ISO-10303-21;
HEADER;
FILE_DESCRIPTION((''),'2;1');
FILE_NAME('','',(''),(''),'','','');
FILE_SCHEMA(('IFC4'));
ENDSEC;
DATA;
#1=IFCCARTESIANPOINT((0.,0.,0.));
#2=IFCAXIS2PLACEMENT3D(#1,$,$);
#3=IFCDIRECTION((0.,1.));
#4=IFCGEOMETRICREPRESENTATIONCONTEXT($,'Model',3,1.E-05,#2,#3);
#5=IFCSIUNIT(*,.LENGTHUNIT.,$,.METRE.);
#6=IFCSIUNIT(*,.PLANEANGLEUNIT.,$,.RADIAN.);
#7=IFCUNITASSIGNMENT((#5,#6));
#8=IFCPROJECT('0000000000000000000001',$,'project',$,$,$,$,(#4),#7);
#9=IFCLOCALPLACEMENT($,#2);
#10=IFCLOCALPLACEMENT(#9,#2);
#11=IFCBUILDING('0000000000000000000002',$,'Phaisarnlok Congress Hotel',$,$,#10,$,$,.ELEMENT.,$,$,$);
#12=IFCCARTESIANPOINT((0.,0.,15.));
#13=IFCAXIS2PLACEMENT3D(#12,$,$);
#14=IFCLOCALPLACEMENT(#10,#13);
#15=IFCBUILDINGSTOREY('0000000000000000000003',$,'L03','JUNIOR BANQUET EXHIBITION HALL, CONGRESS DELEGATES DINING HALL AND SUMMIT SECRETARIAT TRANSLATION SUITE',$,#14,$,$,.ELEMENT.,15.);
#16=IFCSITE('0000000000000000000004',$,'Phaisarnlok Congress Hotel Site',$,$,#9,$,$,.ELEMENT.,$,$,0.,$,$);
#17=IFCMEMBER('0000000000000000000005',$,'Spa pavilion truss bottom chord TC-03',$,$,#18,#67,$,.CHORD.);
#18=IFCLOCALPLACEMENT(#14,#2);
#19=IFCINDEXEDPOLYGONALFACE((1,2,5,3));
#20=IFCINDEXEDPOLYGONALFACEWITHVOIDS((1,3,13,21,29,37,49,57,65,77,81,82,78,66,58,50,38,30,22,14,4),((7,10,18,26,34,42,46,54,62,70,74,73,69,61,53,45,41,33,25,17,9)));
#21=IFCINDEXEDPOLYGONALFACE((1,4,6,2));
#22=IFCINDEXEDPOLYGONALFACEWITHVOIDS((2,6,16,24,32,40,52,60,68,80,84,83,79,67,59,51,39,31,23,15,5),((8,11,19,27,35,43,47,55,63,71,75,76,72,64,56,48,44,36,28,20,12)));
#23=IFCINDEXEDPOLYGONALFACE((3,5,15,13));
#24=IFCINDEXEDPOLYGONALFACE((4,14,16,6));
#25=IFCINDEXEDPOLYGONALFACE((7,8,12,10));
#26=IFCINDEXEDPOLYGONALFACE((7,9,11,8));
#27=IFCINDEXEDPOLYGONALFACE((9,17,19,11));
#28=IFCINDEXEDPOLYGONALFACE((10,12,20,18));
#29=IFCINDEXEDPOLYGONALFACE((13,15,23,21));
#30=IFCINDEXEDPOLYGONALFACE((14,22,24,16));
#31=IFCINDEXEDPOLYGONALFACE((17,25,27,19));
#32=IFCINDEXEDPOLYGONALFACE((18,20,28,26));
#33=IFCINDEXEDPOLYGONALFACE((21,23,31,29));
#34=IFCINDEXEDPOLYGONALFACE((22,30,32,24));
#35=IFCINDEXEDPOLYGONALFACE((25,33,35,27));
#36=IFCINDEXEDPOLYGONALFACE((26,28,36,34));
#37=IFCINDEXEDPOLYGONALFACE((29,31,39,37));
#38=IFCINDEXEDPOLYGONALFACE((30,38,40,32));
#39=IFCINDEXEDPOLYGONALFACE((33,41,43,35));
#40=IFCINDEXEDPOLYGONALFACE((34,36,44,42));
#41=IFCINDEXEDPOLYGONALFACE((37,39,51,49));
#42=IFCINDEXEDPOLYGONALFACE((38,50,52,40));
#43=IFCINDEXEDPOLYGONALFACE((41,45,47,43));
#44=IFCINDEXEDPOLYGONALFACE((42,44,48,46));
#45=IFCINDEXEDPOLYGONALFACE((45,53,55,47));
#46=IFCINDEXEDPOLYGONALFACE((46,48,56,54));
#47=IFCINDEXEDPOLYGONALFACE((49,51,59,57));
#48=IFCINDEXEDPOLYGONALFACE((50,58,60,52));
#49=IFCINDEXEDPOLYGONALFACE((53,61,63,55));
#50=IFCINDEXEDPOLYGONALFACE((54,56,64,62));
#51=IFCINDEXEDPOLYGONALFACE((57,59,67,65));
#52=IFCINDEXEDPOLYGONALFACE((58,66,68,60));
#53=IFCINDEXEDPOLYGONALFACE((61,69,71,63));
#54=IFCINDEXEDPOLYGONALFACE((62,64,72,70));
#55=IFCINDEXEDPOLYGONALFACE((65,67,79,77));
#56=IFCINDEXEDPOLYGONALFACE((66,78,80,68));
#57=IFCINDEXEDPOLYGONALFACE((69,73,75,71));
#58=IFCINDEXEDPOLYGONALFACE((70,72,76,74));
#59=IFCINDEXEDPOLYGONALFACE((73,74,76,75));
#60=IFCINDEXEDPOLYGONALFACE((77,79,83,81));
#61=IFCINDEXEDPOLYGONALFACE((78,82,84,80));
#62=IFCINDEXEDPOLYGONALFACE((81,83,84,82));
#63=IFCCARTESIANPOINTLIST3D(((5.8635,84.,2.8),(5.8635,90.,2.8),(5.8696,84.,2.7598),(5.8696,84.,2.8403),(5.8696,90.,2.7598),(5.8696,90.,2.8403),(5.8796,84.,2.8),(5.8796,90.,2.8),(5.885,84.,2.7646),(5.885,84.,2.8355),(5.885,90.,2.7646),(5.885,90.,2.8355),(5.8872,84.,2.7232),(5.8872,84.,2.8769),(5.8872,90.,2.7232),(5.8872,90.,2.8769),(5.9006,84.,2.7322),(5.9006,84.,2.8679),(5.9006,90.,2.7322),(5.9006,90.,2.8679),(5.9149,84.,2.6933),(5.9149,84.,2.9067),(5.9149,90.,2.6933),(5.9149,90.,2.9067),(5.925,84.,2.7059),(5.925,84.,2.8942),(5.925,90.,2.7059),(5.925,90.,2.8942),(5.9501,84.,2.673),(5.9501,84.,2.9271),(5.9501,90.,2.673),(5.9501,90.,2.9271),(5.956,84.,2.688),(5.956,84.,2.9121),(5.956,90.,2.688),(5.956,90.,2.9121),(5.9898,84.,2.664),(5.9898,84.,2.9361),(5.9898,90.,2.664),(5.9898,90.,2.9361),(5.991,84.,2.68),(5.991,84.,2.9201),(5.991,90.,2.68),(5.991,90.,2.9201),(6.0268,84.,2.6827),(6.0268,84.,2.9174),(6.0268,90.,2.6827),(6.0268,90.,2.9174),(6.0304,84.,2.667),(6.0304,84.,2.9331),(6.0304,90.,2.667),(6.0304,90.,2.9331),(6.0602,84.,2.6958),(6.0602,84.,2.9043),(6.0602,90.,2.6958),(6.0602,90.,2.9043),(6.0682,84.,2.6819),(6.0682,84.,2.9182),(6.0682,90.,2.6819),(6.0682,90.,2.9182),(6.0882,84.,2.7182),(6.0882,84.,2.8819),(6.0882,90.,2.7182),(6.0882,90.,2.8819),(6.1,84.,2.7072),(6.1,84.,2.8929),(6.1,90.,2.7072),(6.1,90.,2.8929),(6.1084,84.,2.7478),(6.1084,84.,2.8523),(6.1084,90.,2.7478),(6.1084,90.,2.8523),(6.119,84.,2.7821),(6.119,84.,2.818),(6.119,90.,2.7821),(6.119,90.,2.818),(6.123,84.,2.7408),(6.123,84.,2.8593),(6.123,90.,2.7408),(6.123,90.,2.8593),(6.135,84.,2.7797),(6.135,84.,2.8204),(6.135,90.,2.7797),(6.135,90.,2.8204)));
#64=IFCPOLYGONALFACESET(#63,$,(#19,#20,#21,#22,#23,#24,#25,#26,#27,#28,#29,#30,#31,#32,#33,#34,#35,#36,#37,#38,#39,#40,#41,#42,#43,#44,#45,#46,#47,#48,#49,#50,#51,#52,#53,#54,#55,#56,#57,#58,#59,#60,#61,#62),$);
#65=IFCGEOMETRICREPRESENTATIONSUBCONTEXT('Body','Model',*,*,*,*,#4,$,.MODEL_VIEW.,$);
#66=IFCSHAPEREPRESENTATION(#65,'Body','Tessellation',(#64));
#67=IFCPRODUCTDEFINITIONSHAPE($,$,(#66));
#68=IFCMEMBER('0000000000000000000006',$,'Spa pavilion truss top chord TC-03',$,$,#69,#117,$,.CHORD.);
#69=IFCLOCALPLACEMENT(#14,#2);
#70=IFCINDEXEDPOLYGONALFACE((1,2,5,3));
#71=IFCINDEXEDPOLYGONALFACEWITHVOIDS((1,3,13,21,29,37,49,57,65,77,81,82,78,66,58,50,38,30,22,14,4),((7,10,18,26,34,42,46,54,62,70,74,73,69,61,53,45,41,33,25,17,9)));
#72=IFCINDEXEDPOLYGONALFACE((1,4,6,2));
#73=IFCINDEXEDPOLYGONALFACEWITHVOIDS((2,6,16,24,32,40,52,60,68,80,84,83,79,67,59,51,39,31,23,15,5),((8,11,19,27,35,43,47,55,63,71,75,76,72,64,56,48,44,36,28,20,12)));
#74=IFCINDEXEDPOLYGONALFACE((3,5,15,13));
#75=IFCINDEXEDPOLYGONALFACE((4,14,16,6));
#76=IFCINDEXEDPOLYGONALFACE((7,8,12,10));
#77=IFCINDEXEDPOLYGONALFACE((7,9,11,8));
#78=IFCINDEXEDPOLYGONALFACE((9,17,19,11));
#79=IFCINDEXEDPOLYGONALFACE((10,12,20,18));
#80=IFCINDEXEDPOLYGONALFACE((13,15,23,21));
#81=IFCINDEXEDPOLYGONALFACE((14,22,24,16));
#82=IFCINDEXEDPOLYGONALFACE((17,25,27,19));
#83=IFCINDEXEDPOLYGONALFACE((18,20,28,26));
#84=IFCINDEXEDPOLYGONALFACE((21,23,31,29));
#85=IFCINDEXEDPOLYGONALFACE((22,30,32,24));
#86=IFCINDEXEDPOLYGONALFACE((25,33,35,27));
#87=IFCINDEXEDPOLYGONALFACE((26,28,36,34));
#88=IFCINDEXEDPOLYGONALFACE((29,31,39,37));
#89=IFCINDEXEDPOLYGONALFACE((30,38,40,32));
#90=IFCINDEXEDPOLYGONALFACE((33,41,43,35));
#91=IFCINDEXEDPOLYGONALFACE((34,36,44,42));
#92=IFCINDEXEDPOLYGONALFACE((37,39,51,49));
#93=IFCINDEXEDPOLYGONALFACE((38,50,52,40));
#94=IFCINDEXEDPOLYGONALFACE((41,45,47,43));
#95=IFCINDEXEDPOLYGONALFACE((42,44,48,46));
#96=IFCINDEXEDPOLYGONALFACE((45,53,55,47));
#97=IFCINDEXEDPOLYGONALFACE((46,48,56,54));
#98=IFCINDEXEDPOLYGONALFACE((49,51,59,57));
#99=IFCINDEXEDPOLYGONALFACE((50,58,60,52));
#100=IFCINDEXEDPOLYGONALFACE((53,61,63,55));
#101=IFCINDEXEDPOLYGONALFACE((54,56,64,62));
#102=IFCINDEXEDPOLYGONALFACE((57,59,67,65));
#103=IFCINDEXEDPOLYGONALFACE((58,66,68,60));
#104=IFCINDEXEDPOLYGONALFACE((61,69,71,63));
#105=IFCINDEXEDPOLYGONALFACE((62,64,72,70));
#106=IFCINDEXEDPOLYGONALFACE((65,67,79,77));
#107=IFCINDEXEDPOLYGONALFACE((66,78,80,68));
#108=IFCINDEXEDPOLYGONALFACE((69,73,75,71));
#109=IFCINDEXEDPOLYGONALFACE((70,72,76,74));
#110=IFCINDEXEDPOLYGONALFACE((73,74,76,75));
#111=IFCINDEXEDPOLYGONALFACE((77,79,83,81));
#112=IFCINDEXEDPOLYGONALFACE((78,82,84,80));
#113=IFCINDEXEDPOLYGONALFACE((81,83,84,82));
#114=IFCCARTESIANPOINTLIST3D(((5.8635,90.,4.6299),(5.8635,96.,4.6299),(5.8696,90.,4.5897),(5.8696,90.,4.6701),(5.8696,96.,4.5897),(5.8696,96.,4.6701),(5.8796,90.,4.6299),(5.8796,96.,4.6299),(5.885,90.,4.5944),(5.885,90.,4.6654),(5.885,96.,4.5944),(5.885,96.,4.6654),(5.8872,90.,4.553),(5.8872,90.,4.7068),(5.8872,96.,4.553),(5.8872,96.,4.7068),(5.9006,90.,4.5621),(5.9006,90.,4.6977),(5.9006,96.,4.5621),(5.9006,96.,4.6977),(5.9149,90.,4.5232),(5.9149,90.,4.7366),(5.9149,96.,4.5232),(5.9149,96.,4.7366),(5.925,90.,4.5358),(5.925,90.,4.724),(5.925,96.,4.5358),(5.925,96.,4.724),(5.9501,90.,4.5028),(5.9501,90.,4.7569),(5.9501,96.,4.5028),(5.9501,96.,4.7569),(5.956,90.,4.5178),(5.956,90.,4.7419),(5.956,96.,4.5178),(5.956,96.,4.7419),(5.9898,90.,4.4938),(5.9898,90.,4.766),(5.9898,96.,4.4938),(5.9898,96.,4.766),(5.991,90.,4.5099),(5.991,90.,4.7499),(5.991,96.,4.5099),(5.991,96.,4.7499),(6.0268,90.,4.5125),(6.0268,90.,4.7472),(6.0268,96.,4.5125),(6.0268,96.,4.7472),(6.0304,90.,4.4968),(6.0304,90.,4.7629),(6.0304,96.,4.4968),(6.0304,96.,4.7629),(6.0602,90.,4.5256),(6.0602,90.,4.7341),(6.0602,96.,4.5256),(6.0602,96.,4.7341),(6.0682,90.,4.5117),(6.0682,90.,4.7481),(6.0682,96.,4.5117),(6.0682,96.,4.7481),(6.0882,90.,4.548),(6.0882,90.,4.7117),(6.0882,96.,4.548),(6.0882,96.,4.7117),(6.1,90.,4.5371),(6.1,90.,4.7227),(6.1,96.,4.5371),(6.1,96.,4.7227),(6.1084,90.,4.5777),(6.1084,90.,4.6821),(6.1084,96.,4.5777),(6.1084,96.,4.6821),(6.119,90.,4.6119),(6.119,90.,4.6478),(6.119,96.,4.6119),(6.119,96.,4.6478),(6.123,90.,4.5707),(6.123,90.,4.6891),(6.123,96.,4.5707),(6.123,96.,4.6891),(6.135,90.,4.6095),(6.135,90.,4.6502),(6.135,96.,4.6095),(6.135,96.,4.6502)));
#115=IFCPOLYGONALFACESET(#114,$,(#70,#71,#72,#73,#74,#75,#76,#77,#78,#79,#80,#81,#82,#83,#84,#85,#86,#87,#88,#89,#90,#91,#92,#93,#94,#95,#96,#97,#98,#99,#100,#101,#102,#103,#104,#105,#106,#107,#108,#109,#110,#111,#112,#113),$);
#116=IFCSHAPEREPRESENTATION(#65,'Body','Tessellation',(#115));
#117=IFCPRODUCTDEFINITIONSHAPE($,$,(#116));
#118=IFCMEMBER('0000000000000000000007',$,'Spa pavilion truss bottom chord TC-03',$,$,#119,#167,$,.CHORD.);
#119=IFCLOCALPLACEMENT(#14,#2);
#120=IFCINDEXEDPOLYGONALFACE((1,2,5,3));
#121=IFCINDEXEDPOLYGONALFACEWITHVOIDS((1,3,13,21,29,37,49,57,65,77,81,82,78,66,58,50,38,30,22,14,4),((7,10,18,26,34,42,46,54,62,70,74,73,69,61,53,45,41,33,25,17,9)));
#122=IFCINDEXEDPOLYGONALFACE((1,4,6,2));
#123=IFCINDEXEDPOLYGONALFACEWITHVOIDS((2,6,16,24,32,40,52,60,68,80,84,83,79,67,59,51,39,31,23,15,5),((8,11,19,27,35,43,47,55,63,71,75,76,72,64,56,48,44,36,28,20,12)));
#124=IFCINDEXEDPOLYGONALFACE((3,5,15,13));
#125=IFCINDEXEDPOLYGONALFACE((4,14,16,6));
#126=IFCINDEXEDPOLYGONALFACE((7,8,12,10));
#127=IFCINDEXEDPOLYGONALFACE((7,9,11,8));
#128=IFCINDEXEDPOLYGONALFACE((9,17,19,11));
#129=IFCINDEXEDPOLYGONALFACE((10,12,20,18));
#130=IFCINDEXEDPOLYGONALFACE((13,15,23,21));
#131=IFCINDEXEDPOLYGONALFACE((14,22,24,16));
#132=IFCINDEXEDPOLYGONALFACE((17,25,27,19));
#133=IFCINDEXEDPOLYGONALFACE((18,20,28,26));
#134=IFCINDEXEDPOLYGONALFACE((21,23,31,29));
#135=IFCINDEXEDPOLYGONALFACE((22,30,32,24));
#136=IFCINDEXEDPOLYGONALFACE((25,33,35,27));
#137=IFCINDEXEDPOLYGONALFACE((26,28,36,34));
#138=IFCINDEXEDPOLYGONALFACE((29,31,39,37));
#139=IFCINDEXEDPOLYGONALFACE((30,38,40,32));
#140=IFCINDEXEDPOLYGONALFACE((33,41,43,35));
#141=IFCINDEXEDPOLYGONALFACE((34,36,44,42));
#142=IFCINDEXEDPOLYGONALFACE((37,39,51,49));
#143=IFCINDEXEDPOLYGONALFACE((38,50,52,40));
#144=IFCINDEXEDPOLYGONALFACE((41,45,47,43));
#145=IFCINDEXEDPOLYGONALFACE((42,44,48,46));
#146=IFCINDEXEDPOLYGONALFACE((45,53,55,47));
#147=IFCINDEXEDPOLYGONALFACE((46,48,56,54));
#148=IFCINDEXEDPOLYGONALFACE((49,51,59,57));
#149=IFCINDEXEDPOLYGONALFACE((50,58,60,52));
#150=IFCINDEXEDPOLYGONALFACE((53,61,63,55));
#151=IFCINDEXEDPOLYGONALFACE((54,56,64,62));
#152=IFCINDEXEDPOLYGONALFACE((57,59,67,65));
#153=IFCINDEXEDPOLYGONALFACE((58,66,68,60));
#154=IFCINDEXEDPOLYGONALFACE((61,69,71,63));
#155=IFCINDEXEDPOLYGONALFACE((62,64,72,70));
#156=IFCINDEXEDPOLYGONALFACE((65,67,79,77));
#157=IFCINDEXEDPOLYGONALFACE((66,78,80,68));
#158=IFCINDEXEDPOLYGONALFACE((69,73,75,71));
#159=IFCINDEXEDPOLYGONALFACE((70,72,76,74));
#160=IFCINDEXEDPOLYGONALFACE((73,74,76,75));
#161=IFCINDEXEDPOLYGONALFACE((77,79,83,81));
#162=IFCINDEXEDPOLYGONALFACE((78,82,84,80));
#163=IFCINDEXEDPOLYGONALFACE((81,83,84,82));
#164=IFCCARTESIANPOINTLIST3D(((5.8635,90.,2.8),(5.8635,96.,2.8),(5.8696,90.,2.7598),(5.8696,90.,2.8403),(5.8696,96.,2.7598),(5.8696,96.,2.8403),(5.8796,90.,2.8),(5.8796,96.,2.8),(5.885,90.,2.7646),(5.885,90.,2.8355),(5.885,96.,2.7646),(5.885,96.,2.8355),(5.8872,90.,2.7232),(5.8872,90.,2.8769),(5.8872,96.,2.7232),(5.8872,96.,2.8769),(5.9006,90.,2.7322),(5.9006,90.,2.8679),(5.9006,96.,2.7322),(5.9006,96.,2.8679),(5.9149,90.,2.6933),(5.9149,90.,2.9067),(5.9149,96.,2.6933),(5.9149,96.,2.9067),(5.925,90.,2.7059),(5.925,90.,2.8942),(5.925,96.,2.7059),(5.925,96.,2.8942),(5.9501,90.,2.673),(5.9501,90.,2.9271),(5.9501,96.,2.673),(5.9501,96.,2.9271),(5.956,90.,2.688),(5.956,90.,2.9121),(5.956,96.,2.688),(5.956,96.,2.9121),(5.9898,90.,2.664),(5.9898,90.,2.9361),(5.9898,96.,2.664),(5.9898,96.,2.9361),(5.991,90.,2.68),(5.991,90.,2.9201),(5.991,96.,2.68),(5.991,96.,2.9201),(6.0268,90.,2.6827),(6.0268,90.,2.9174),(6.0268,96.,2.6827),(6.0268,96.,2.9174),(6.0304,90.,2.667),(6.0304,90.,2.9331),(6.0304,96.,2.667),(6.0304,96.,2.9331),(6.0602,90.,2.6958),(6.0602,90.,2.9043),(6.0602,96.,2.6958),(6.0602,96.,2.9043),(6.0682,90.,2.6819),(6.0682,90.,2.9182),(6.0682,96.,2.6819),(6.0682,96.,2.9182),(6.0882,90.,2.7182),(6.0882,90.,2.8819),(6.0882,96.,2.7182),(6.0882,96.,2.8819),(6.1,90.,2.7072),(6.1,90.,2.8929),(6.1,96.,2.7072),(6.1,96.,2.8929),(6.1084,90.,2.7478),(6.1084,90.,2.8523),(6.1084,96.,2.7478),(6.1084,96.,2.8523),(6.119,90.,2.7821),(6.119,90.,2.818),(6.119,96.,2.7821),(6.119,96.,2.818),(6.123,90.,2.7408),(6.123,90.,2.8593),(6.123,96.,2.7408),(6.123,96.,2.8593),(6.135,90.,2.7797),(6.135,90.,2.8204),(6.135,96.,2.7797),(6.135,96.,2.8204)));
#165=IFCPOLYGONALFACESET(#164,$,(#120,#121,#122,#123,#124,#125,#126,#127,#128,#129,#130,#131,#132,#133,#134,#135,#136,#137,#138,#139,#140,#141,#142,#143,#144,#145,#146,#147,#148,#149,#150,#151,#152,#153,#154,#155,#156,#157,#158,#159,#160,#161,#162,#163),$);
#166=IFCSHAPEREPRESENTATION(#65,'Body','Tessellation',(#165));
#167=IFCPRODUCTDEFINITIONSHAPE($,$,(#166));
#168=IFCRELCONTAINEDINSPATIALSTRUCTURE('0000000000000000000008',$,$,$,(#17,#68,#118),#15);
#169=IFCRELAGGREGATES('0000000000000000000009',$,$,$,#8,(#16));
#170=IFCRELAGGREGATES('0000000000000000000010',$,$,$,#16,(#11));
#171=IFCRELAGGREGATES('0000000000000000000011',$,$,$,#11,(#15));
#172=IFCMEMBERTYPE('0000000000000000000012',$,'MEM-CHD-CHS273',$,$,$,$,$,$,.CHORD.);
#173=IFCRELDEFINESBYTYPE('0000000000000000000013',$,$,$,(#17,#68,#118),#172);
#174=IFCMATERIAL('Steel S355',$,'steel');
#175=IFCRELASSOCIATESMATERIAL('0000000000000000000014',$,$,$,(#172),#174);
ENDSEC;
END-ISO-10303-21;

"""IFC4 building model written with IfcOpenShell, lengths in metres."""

from ifc_helpers import new_model, si_unit, direction, frame, origin, origin_2d, place, context, subcontext, project, spatial, hollow_circle, extrude, material, material_profile, profile_set, type_object, element, save


model = new_model("IFC4")

# Units and contexts
model_context = context("Model", 3, precision=1e-05, world=origin(), true_north=direction((0.0, 1.0)))
body_context = subcontext(model_context, "Body", "Model", "MODEL_VIEW")
ifc_project = project(units=[si_unit("LENGTHUNIT", "METRE"), si_unit("PLANEANGLEUNIT", "RADIAN")], contexts=[model_context])

# Site, building, storey
site_placement = place(None, origin())
site = spatial("IfcSite", under=ifc_project, at=site_placement, Name="Phaisarnlok Congress Hotel Site", CompositionType="ELEMENT", RefElevation=0.0)
building_placement = place(site_placement, origin())
building = spatial("IfcBuilding", under=site, at=building_placement, Name="Phaisarnlok Congress Hotel", CompositionType="ELEMENT")
storey_placement = place(building_placement, frame((0.0, 0.0, 15.0)))
storey = spatial("IfcBuildingStorey", under=building, at=storey_placement, Name="L03", Description="JUNIOR BANQUET EXHIBITION HALL, CONGRESS DELEGATES DINING HALL AND SUMMIT SECRETARIAT TRANSLATION SUITE", CompositionType="ELEMENT", Elevation=15.0)

# Members
ifc_material_1 = material(Name="Steel S355", Category="steel")
ifc_material_profile_1 = material_profile(ifc_material_1, hollow_circle(Radius=0.1365, WallThickness=0.0161, at=origin_2d()), Name="CHS 273x16")
ifc_profile_set_1 = profile_set([ifc_material_profile_1], Name="Steel S355")
member_type_1 = type_object("IfcMemberType", Name="MEM-CHD-CHS273", PredefinedType="CHORD", material=ifc_profile_set_1)
for number, where, z_axis, x_axis, name in (
    (1, (6.0, 84.0, 2.8), (0.0, 1.0, 0.0), (-1.0, 0.0, 0.0), "Spa pavilion truss bottom chord TC-03"),
    (2, (6.0, 90.0, 4.6299), (0.0, 1.0, 0.0), (-1.0, 0.0, 0.0), "Spa pavilion truss top chord TC-03"),
    (3, (6.0, 90.0, 2.8), (0.0, 1.0, 0.0), (-1.0, 0.0, 0.0), "Spa pavilion truss bottom chord TC-03"),
):
    element("IfcMember", number, at=place(storey_placement, frame(where, z_axis=z_axis, x_axis=x_axis)), inside=storey, type_object=member_type_1, Name=name, PredefinedType="CHORD", context=body_context, shape_type="SweptSolid", body=[
        extrude(hollow_circle(Radius=0.1365, WallThickness=0.0161, at=origin_2d()), origin(), (0.0, 0.0, 1.0), 6.0),
    ])

save(model, "model.ifc")
